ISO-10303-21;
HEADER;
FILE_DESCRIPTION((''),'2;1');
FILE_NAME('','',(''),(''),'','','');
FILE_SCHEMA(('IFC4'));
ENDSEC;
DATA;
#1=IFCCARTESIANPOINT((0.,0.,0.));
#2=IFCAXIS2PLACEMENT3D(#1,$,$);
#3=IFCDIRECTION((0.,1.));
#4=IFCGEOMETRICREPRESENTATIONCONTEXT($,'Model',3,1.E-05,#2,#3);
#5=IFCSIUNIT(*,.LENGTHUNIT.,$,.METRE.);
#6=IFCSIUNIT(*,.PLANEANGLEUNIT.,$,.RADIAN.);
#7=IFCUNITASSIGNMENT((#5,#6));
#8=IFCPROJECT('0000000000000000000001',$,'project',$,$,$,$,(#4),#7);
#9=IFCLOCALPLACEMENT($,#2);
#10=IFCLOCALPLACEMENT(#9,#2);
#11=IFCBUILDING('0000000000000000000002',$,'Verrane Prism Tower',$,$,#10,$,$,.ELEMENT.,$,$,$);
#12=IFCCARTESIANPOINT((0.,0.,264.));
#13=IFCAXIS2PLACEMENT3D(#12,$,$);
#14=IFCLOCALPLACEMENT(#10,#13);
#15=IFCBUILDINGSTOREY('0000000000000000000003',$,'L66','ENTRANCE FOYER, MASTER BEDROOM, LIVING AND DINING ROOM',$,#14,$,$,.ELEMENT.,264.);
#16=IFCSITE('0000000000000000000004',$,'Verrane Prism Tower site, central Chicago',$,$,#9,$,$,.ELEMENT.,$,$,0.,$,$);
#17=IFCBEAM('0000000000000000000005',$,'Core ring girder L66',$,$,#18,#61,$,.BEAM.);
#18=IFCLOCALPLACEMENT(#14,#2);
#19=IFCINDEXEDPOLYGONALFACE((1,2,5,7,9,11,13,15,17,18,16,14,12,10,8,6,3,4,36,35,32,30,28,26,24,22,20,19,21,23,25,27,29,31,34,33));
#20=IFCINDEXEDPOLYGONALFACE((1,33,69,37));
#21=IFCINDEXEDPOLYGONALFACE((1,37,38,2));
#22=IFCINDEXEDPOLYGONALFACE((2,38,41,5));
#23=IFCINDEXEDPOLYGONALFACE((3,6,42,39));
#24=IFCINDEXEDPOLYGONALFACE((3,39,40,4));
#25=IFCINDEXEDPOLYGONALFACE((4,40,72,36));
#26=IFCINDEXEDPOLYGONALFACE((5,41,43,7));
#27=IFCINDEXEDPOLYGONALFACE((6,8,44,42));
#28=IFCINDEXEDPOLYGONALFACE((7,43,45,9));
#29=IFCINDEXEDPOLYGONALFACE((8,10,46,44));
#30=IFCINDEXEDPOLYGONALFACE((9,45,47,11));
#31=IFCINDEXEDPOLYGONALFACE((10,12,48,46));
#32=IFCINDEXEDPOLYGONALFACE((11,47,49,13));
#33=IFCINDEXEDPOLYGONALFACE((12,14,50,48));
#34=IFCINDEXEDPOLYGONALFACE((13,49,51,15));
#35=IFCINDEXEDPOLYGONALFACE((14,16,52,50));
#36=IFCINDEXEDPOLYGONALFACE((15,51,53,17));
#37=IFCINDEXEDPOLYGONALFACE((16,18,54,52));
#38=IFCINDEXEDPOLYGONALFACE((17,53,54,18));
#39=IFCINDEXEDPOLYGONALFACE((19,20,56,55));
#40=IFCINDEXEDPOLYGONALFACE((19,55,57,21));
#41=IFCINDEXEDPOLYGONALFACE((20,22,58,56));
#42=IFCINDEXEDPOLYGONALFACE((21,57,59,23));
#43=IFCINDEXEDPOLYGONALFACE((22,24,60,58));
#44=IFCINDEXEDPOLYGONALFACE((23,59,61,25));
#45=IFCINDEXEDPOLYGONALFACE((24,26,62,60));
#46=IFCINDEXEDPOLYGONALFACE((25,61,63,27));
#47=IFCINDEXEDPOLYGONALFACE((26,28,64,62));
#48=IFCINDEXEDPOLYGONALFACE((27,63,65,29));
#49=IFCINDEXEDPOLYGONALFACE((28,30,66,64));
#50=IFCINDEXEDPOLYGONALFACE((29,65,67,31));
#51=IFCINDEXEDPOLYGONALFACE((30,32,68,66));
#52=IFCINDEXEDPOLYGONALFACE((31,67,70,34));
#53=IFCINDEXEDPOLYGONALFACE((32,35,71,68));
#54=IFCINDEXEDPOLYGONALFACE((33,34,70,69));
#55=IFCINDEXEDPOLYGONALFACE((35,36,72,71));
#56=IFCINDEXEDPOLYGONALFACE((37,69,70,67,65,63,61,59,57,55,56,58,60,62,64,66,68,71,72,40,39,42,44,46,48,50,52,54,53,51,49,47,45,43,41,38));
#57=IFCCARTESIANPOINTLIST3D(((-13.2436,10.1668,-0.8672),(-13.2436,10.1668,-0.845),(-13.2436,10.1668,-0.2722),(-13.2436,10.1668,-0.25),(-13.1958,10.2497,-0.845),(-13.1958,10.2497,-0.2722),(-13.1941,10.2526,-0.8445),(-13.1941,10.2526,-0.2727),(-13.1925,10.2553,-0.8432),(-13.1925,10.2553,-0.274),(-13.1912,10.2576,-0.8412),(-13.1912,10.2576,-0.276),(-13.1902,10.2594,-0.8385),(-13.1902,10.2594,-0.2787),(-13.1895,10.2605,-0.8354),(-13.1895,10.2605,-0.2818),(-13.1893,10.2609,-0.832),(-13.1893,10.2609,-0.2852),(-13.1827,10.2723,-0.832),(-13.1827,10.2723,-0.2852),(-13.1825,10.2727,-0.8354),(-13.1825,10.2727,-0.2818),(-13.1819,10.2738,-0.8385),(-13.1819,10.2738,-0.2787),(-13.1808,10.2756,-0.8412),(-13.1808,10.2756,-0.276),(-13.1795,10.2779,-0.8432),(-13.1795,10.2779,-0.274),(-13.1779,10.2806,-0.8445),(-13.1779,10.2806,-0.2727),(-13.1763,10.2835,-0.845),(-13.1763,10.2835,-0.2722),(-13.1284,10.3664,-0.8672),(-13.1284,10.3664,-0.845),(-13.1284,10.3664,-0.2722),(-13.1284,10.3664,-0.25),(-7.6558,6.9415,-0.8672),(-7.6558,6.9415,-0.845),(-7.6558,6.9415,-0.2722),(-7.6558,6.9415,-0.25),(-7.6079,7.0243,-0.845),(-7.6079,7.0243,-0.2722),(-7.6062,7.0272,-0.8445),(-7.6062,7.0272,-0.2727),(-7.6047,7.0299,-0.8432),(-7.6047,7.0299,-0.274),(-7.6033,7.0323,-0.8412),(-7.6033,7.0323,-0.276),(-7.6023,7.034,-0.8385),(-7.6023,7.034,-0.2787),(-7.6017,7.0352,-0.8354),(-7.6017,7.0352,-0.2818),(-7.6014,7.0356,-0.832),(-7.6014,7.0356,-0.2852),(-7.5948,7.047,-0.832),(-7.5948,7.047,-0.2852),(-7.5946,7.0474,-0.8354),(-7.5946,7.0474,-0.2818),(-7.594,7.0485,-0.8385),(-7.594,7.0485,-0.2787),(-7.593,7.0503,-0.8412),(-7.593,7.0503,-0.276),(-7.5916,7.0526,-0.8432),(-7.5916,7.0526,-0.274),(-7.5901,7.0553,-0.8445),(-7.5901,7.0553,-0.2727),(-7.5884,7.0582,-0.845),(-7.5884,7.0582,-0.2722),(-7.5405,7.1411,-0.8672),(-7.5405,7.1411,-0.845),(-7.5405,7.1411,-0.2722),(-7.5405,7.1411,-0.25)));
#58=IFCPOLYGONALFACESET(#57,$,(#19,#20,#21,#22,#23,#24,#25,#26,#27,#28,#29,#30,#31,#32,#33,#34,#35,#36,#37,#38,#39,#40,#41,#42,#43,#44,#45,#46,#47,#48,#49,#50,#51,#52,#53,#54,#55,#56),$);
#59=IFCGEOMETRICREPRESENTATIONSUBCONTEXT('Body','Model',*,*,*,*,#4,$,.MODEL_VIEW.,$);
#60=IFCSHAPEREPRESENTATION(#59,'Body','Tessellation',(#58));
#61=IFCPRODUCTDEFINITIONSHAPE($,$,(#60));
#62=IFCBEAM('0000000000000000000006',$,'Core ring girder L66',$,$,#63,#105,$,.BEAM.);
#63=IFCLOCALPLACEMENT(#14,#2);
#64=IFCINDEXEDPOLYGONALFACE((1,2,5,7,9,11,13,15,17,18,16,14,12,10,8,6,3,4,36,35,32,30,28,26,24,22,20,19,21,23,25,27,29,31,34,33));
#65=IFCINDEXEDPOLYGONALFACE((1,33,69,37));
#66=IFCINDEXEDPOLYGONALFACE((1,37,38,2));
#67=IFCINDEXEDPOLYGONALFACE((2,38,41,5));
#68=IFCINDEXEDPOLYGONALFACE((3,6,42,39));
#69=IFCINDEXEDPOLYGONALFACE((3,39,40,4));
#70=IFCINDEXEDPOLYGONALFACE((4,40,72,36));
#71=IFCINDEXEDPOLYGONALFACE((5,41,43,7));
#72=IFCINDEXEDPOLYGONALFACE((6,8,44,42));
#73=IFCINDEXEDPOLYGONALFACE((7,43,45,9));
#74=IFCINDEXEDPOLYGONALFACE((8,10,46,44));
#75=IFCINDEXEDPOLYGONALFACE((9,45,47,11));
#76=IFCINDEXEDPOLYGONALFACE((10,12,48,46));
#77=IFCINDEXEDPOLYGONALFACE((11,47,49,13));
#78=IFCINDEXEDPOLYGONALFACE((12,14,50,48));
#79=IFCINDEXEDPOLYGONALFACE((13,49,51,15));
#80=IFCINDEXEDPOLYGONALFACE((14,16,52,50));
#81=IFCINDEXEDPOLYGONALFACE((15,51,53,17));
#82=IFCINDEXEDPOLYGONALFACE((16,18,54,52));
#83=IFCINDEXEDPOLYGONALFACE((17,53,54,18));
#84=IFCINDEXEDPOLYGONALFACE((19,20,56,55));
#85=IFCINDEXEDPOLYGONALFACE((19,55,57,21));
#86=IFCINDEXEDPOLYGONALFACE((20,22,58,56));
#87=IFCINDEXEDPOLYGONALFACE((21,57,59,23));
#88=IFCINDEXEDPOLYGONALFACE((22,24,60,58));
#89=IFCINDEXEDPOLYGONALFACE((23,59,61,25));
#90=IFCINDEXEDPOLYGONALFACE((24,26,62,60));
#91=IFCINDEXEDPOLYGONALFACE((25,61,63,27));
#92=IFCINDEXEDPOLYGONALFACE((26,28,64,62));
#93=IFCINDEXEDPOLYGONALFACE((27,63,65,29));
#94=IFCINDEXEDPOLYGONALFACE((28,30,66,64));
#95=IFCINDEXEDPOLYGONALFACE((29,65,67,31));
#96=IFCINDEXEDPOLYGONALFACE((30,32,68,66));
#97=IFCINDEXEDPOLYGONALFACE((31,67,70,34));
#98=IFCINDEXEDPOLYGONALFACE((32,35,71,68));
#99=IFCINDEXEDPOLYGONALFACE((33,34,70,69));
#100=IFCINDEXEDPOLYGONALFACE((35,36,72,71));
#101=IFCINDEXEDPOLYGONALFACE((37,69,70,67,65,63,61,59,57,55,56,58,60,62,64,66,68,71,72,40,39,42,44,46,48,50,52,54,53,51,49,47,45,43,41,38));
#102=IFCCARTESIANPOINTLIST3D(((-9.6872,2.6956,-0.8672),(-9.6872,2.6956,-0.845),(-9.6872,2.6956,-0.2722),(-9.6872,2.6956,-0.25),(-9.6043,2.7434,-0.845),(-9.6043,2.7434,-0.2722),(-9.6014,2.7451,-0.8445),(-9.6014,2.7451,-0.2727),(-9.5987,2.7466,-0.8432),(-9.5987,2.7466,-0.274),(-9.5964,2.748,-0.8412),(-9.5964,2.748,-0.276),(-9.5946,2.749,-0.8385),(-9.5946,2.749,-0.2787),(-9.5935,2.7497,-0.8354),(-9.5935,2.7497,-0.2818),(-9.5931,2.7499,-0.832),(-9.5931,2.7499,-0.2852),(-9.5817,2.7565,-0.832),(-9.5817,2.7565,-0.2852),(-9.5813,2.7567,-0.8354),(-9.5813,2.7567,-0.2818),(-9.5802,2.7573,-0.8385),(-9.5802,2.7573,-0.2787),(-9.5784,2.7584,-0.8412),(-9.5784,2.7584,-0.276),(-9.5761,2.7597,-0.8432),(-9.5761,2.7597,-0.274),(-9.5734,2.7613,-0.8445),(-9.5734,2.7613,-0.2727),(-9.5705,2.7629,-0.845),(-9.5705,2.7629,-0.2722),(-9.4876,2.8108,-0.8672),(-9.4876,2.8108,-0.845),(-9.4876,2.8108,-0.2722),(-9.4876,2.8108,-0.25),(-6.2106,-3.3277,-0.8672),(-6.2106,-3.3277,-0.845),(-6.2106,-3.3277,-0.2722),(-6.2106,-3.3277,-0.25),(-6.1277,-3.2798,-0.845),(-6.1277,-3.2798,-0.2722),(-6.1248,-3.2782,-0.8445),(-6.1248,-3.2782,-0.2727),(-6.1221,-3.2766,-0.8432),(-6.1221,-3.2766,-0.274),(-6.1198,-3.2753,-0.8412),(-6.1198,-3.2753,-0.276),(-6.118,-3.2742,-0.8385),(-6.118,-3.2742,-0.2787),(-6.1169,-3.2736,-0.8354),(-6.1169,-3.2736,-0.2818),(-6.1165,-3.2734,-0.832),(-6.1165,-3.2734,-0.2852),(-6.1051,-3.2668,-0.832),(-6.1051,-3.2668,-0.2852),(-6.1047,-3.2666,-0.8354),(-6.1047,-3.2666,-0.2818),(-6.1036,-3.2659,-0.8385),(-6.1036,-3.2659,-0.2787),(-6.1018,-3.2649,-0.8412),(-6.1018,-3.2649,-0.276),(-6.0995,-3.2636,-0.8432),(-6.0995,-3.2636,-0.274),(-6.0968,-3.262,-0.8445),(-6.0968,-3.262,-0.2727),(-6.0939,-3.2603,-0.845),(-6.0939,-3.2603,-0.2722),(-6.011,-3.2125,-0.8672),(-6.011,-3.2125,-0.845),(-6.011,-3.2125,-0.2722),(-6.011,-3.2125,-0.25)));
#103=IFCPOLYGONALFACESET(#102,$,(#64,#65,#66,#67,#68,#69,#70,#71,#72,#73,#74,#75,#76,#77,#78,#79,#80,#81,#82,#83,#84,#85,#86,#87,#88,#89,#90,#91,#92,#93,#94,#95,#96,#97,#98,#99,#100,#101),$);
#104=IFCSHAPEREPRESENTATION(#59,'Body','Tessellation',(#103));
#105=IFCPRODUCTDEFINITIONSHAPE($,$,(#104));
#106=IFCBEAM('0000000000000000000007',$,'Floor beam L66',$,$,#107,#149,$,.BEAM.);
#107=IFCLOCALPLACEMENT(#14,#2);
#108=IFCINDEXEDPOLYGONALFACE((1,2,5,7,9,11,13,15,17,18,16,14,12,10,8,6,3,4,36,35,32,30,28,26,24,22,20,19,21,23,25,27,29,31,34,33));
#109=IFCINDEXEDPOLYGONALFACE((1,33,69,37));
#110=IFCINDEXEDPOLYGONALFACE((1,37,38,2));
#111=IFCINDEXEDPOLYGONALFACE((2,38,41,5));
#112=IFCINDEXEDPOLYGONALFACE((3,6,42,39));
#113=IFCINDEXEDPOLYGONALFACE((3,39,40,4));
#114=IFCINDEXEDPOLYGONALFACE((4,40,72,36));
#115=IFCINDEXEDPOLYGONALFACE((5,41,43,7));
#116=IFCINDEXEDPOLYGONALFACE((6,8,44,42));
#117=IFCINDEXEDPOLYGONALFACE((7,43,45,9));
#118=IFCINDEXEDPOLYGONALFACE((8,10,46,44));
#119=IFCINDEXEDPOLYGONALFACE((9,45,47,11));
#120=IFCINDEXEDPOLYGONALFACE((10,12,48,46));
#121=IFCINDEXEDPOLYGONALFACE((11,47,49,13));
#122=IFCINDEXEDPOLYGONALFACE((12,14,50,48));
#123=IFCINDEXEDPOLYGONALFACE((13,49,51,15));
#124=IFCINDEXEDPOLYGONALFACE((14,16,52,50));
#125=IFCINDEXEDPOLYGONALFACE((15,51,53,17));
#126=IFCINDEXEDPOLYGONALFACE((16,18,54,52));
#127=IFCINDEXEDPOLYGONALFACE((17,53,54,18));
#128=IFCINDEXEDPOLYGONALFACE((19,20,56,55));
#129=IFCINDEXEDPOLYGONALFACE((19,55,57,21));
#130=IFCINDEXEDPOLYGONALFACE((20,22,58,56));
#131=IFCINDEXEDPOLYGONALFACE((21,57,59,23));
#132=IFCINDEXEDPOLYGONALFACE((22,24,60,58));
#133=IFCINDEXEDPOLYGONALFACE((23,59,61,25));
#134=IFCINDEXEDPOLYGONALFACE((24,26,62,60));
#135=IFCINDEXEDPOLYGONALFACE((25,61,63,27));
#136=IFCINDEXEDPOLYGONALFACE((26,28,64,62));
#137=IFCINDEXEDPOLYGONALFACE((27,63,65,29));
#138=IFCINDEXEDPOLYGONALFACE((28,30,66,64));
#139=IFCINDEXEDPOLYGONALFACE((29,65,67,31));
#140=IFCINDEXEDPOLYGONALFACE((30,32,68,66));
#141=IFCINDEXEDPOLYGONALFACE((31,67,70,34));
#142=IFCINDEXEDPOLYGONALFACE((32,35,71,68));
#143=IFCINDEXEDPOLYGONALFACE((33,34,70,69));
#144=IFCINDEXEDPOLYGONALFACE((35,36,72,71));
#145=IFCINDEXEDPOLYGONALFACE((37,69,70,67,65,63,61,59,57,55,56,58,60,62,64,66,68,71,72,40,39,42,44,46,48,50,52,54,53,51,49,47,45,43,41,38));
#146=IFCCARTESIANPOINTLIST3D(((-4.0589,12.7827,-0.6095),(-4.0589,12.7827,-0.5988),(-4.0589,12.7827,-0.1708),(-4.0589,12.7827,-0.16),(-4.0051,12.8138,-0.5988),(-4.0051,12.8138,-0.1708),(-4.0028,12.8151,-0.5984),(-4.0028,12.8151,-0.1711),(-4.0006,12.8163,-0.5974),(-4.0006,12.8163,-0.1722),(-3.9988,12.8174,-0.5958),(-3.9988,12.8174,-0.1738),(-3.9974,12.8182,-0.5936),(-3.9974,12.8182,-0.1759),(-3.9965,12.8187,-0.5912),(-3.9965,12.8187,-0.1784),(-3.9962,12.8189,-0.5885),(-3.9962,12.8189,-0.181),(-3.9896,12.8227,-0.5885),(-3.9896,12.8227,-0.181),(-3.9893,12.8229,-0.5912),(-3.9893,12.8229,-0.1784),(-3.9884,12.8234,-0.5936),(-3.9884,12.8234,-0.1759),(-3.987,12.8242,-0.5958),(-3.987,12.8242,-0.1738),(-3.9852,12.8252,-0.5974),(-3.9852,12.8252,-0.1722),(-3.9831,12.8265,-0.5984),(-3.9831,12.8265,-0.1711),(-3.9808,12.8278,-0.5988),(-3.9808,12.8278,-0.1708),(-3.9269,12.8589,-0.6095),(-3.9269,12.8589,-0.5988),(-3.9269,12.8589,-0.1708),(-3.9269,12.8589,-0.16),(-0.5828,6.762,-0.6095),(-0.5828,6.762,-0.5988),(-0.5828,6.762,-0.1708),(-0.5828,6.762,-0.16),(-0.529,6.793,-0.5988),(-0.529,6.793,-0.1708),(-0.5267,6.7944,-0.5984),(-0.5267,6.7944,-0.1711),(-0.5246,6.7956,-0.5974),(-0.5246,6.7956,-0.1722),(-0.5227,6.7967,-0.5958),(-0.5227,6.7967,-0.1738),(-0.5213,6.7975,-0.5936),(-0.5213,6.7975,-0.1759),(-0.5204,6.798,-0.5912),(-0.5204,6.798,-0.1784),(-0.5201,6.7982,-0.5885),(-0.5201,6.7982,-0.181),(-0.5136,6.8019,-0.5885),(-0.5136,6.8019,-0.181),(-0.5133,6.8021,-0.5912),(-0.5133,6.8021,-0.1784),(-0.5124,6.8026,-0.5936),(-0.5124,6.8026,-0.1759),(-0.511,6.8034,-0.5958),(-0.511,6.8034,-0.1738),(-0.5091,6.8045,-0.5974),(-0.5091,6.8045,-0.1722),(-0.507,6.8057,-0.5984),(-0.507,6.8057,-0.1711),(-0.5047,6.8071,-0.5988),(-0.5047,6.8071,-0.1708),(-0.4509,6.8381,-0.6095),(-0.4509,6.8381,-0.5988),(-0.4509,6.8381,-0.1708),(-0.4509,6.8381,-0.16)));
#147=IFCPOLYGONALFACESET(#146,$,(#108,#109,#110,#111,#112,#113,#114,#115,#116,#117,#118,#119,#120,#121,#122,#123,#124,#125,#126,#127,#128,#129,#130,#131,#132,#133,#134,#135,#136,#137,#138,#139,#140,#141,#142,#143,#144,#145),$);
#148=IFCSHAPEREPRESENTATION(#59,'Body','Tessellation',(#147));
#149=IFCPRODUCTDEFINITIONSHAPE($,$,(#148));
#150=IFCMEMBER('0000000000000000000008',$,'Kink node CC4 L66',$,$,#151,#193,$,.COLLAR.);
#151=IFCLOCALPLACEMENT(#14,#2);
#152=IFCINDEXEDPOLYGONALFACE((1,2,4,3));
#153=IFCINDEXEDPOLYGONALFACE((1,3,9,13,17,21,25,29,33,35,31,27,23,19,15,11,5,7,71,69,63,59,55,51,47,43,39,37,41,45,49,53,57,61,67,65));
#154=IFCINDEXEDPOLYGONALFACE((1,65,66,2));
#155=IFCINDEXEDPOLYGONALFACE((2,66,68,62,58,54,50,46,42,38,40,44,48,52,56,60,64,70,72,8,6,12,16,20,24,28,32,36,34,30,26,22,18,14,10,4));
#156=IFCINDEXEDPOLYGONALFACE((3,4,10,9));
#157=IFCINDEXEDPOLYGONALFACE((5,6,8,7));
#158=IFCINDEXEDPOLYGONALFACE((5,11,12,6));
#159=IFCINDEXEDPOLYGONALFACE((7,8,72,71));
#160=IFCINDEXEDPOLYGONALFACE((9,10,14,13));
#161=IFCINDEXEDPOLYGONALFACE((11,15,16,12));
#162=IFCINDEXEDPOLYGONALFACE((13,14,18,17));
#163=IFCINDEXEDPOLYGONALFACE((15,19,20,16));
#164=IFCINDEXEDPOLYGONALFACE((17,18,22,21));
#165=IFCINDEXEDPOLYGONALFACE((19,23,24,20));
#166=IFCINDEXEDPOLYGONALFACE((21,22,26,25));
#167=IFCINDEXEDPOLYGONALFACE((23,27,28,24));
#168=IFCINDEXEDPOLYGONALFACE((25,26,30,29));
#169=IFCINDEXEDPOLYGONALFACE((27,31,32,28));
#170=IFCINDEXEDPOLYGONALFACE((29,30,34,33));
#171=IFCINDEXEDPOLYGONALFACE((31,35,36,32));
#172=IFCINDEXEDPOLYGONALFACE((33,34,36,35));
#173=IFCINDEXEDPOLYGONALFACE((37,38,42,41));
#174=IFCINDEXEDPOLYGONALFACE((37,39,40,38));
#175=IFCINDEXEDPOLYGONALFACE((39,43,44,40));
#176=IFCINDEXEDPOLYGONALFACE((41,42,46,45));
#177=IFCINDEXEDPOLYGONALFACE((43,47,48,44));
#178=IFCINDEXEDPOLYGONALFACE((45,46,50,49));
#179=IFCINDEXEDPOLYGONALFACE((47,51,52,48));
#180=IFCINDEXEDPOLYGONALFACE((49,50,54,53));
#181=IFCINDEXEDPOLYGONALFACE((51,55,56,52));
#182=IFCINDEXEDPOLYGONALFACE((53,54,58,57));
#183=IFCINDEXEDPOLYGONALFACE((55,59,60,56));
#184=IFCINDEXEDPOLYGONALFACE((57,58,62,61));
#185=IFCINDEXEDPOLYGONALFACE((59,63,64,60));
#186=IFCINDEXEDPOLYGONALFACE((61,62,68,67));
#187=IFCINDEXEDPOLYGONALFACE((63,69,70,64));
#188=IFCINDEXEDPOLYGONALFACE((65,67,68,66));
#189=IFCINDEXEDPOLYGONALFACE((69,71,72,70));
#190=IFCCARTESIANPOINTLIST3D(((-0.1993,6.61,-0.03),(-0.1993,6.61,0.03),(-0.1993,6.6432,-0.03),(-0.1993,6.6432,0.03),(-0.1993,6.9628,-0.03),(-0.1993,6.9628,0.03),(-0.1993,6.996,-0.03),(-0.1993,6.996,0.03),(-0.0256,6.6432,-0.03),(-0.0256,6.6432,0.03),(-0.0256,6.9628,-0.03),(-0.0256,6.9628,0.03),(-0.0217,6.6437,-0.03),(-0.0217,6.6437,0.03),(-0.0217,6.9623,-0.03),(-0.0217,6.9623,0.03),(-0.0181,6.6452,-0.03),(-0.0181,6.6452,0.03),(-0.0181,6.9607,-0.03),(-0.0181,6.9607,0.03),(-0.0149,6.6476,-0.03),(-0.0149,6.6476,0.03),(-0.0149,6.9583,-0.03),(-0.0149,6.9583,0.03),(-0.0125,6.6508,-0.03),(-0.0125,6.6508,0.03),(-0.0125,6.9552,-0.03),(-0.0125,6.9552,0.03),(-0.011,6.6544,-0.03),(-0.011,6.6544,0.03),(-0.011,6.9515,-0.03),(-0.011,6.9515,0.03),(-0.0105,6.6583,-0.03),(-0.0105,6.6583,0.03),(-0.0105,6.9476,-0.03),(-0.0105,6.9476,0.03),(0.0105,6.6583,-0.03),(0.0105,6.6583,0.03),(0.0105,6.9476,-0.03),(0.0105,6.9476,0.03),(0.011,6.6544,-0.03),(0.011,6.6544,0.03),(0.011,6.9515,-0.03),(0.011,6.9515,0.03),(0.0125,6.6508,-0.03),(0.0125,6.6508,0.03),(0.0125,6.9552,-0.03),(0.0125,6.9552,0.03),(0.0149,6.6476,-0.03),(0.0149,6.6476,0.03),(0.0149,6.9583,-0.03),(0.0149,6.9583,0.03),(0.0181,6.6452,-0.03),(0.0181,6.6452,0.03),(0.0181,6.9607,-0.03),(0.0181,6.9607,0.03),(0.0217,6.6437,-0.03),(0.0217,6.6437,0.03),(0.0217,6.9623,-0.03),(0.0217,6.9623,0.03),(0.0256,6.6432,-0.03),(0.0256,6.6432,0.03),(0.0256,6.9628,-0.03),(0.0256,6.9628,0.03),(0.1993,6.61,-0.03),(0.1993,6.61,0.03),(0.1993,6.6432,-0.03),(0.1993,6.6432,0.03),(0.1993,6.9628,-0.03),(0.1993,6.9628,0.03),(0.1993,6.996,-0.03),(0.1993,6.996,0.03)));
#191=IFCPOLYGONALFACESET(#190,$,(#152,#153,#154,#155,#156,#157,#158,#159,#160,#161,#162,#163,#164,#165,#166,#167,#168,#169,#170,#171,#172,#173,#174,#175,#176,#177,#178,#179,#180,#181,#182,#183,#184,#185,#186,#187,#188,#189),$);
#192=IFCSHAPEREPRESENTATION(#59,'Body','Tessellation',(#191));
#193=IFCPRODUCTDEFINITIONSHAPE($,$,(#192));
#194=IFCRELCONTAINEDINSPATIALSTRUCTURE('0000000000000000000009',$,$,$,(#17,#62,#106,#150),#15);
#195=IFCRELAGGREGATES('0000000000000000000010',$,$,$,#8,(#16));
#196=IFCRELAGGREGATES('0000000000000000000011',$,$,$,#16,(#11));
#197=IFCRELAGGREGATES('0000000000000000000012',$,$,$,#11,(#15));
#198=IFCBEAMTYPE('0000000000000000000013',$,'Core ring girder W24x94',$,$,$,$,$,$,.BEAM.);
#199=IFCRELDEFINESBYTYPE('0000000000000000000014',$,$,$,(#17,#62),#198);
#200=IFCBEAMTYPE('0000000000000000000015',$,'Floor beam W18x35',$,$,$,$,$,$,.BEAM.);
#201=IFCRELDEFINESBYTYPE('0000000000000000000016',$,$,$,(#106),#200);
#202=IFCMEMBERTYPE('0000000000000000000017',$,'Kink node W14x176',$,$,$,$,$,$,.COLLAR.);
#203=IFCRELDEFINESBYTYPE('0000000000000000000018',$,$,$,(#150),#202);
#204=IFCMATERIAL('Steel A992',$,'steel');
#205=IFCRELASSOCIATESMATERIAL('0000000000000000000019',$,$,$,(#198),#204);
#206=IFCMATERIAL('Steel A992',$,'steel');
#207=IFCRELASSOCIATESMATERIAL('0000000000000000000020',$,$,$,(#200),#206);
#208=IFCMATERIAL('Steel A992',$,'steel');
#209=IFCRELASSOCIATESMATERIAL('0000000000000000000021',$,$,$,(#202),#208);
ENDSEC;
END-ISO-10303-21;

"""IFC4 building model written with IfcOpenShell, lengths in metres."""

from ifc_helpers import new_model, si_unit, direction, frame, origin, origin_2d, place, context, subcontext, project, spatial, i_section, extrude, material, material_profile, profile_set, type_object, element, save


model = new_model("IFC4")

# Units and contexts
model_context = context("Model", 3, precision=1e-05, world=origin(), true_north=direction((0.0, 1.0)))
body_context = subcontext(model_context, "Body", "Model", "MODEL_VIEW")
ifc_project = project(units=[si_unit("LENGTHUNIT", "METRE"), si_unit("PLANEANGLEUNIT", "RADIAN")], contexts=[model_context])

# Site, building, storey
site_placement = place(None, origin())
site = spatial("IfcSite", under=ifc_project, at=site_placement, Name="Verrane Prism Tower site, central Chicago", CompositionType="ELEMENT", RefElevation=0.0)
building_placement = place(site_placement, origin())
building = spatial("IfcBuilding", under=site, at=building_placement, Name="Verrane Prism Tower", CompositionType="ELEMENT")
storey_placement = place(building_placement, frame((0.0, 0.0, 264.0)))
storey = spatial("IfcBuildingStorey", under=building, at=storey_placement, Name="L66", Description="ENTRANCE FOYER, MASTER BEDROOM, LIVING AND DINING ROOM", CompositionType="ELEMENT", Elevation=264.0)

# Beams
ifc_material_1 = material(Name="Steel A992", Category="steel")
ifc_material_profile_1 = material_profile(ifc_material_1, i_section(OverallWidth=0.2305, OverallDepth=0.6172, WebThickness=0.0132, FlangeThickness=0.0222, FilletRadius=0.0129, at=origin_2d()), Name="W24x94")
ifc_profile_set_1 = profile_set([ifc_material_profile_1], Name="Steel A992")
beam_type_1 = type_object("IfcBeamType", Name="Core ring girder W24x94", PredefinedType="BEAM", material=ifc_profile_set_1)
beam_1_placement = place(storey_placement, frame((-7.5981, 7.0413, -0.5586), z_axis=(-0.866081, 0.499904, 0.0), x_axis=(-0.499904, -0.866081, 0.0)))
element("IfcBeam", 1, at=beam_1_placement, inside=storey, type_object=beam_type_1, Name="Core ring girder L66", PredefinedType="BEAM", context=body_context, shape_type="SweptSolid", body=[
    extrude(i_section(OverallWidth=0.2305, OverallDepth=0.6172, WebThickness=0.0132, FlangeThickness=0.0222, FilletRadius=0.0129, at=origin_2d()), origin(), (0.0, 0.0, 1.0), 6.4519),
])
beam_2_placement = place(storey_placement, frame((-9.5874, 2.7532, -0.5586), z_axis=(0.4999, -0.866083, 0.0), x_axis=(0.866083, 0.4999, 0.0)))
element("IfcBeam", 2, at=beam_2_placement, inside=storey, type_object=beam_type_1, Name="Core ring girder L66", PredefinedType="BEAM", context=body_context, shape_type="SweptSolid", body=[
    extrude(i_section(OverallWidth=0.2305, OverallDepth=0.6172, WebThickness=0.0132, FlangeThickness=0.0222, FilletRadius=0.0129, at=origin_2d()), origin(), (0.0, 0.0, 1.0), 6.9546),
])
ifc_material_2 = material(Name="Steel A992", Category="steel")
ifc_material_profile_2 = material_profile(ifc_material_2, i_section(OverallWidth=0.1523, OverallDepth=0.4495, WebThickness=0.0076, FlangeThickness=0.0107, FilletRadius=0.0103, at=origin_2d()), Name="W18x35")
ifc_profile_set_2 = profile_set([ifc_material_profile_2], Name="Steel A992")
beam_type_2 = type_object("IfcBeamType", Name="Floor beam W18x35", PredefinedType="BEAM", material=ifc_profile_set_2)
beam_3_placement = place(storey_placement, frame((-0.5168, 6.8, -0.3848), z_axis=(-0.499999, 0.866026, 0.0), x_axis=(-0.866026, -0.499999, 0.0)))
element("IfcBeam", 3, at=beam_3_placement, inside=storey, type_object=beam_type_2, Name="Floor beam L66", PredefinedType="BEAM", context=body_context, shape_type="SweptSolid", body=[
    extrude(i_section(OverallWidth=0.1523, OverallDepth=0.4495, WebThickness=0.0076, FlangeThickness=0.0107, FilletRadius=0.0103, at=origin_2d()), origin(), (0.0, 0.0, 1.0), 6.9521),
])

# Member
ifc_material_3 = material(Name="Steel A992", Category="steel")
ifc_material_profile_3 = material_profile(ifc_material_3, i_section(OverallWidth=0.3987, OverallDepth=0.386, WebThickness=0.021, FlangeThickness=0.0332, FilletRadius=0.0151, at=origin_2d()), Name="W14x176")
ifc_profile_set_3 = profile_set([ifc_material_profile_3], Name="Steel A992")
member_type = type_object("IfcMemberType", Name="Kink node W14x176", PredefinedType="COLLAR", material=ifc_profile_set_3)
member_placement = place(storey_placement, frame((0.0, 6.803, -0.03), z_axis=(0.0, 0.0, 1.0), x_axis=(1.0, 0.0, 0.0)))
element("IfcMember", 4, at=member_placement, inside=storey, type_object=member_type, Name="Kink node CC4 L66", PredefinedType="COLLAR", context=body_context, shape_type="SweptSolid", body=[
    extrude(i_section(OverallWidth=0.3987, OverallDepth=0.386, WebThickness=0.021, FlangeThickness=0.0332, FilletRadius=0.0151, at=origin_2d()), origin(), (0.0, 0.0, 1.0), 0.0601),
])

save(model, "model.ifc")
